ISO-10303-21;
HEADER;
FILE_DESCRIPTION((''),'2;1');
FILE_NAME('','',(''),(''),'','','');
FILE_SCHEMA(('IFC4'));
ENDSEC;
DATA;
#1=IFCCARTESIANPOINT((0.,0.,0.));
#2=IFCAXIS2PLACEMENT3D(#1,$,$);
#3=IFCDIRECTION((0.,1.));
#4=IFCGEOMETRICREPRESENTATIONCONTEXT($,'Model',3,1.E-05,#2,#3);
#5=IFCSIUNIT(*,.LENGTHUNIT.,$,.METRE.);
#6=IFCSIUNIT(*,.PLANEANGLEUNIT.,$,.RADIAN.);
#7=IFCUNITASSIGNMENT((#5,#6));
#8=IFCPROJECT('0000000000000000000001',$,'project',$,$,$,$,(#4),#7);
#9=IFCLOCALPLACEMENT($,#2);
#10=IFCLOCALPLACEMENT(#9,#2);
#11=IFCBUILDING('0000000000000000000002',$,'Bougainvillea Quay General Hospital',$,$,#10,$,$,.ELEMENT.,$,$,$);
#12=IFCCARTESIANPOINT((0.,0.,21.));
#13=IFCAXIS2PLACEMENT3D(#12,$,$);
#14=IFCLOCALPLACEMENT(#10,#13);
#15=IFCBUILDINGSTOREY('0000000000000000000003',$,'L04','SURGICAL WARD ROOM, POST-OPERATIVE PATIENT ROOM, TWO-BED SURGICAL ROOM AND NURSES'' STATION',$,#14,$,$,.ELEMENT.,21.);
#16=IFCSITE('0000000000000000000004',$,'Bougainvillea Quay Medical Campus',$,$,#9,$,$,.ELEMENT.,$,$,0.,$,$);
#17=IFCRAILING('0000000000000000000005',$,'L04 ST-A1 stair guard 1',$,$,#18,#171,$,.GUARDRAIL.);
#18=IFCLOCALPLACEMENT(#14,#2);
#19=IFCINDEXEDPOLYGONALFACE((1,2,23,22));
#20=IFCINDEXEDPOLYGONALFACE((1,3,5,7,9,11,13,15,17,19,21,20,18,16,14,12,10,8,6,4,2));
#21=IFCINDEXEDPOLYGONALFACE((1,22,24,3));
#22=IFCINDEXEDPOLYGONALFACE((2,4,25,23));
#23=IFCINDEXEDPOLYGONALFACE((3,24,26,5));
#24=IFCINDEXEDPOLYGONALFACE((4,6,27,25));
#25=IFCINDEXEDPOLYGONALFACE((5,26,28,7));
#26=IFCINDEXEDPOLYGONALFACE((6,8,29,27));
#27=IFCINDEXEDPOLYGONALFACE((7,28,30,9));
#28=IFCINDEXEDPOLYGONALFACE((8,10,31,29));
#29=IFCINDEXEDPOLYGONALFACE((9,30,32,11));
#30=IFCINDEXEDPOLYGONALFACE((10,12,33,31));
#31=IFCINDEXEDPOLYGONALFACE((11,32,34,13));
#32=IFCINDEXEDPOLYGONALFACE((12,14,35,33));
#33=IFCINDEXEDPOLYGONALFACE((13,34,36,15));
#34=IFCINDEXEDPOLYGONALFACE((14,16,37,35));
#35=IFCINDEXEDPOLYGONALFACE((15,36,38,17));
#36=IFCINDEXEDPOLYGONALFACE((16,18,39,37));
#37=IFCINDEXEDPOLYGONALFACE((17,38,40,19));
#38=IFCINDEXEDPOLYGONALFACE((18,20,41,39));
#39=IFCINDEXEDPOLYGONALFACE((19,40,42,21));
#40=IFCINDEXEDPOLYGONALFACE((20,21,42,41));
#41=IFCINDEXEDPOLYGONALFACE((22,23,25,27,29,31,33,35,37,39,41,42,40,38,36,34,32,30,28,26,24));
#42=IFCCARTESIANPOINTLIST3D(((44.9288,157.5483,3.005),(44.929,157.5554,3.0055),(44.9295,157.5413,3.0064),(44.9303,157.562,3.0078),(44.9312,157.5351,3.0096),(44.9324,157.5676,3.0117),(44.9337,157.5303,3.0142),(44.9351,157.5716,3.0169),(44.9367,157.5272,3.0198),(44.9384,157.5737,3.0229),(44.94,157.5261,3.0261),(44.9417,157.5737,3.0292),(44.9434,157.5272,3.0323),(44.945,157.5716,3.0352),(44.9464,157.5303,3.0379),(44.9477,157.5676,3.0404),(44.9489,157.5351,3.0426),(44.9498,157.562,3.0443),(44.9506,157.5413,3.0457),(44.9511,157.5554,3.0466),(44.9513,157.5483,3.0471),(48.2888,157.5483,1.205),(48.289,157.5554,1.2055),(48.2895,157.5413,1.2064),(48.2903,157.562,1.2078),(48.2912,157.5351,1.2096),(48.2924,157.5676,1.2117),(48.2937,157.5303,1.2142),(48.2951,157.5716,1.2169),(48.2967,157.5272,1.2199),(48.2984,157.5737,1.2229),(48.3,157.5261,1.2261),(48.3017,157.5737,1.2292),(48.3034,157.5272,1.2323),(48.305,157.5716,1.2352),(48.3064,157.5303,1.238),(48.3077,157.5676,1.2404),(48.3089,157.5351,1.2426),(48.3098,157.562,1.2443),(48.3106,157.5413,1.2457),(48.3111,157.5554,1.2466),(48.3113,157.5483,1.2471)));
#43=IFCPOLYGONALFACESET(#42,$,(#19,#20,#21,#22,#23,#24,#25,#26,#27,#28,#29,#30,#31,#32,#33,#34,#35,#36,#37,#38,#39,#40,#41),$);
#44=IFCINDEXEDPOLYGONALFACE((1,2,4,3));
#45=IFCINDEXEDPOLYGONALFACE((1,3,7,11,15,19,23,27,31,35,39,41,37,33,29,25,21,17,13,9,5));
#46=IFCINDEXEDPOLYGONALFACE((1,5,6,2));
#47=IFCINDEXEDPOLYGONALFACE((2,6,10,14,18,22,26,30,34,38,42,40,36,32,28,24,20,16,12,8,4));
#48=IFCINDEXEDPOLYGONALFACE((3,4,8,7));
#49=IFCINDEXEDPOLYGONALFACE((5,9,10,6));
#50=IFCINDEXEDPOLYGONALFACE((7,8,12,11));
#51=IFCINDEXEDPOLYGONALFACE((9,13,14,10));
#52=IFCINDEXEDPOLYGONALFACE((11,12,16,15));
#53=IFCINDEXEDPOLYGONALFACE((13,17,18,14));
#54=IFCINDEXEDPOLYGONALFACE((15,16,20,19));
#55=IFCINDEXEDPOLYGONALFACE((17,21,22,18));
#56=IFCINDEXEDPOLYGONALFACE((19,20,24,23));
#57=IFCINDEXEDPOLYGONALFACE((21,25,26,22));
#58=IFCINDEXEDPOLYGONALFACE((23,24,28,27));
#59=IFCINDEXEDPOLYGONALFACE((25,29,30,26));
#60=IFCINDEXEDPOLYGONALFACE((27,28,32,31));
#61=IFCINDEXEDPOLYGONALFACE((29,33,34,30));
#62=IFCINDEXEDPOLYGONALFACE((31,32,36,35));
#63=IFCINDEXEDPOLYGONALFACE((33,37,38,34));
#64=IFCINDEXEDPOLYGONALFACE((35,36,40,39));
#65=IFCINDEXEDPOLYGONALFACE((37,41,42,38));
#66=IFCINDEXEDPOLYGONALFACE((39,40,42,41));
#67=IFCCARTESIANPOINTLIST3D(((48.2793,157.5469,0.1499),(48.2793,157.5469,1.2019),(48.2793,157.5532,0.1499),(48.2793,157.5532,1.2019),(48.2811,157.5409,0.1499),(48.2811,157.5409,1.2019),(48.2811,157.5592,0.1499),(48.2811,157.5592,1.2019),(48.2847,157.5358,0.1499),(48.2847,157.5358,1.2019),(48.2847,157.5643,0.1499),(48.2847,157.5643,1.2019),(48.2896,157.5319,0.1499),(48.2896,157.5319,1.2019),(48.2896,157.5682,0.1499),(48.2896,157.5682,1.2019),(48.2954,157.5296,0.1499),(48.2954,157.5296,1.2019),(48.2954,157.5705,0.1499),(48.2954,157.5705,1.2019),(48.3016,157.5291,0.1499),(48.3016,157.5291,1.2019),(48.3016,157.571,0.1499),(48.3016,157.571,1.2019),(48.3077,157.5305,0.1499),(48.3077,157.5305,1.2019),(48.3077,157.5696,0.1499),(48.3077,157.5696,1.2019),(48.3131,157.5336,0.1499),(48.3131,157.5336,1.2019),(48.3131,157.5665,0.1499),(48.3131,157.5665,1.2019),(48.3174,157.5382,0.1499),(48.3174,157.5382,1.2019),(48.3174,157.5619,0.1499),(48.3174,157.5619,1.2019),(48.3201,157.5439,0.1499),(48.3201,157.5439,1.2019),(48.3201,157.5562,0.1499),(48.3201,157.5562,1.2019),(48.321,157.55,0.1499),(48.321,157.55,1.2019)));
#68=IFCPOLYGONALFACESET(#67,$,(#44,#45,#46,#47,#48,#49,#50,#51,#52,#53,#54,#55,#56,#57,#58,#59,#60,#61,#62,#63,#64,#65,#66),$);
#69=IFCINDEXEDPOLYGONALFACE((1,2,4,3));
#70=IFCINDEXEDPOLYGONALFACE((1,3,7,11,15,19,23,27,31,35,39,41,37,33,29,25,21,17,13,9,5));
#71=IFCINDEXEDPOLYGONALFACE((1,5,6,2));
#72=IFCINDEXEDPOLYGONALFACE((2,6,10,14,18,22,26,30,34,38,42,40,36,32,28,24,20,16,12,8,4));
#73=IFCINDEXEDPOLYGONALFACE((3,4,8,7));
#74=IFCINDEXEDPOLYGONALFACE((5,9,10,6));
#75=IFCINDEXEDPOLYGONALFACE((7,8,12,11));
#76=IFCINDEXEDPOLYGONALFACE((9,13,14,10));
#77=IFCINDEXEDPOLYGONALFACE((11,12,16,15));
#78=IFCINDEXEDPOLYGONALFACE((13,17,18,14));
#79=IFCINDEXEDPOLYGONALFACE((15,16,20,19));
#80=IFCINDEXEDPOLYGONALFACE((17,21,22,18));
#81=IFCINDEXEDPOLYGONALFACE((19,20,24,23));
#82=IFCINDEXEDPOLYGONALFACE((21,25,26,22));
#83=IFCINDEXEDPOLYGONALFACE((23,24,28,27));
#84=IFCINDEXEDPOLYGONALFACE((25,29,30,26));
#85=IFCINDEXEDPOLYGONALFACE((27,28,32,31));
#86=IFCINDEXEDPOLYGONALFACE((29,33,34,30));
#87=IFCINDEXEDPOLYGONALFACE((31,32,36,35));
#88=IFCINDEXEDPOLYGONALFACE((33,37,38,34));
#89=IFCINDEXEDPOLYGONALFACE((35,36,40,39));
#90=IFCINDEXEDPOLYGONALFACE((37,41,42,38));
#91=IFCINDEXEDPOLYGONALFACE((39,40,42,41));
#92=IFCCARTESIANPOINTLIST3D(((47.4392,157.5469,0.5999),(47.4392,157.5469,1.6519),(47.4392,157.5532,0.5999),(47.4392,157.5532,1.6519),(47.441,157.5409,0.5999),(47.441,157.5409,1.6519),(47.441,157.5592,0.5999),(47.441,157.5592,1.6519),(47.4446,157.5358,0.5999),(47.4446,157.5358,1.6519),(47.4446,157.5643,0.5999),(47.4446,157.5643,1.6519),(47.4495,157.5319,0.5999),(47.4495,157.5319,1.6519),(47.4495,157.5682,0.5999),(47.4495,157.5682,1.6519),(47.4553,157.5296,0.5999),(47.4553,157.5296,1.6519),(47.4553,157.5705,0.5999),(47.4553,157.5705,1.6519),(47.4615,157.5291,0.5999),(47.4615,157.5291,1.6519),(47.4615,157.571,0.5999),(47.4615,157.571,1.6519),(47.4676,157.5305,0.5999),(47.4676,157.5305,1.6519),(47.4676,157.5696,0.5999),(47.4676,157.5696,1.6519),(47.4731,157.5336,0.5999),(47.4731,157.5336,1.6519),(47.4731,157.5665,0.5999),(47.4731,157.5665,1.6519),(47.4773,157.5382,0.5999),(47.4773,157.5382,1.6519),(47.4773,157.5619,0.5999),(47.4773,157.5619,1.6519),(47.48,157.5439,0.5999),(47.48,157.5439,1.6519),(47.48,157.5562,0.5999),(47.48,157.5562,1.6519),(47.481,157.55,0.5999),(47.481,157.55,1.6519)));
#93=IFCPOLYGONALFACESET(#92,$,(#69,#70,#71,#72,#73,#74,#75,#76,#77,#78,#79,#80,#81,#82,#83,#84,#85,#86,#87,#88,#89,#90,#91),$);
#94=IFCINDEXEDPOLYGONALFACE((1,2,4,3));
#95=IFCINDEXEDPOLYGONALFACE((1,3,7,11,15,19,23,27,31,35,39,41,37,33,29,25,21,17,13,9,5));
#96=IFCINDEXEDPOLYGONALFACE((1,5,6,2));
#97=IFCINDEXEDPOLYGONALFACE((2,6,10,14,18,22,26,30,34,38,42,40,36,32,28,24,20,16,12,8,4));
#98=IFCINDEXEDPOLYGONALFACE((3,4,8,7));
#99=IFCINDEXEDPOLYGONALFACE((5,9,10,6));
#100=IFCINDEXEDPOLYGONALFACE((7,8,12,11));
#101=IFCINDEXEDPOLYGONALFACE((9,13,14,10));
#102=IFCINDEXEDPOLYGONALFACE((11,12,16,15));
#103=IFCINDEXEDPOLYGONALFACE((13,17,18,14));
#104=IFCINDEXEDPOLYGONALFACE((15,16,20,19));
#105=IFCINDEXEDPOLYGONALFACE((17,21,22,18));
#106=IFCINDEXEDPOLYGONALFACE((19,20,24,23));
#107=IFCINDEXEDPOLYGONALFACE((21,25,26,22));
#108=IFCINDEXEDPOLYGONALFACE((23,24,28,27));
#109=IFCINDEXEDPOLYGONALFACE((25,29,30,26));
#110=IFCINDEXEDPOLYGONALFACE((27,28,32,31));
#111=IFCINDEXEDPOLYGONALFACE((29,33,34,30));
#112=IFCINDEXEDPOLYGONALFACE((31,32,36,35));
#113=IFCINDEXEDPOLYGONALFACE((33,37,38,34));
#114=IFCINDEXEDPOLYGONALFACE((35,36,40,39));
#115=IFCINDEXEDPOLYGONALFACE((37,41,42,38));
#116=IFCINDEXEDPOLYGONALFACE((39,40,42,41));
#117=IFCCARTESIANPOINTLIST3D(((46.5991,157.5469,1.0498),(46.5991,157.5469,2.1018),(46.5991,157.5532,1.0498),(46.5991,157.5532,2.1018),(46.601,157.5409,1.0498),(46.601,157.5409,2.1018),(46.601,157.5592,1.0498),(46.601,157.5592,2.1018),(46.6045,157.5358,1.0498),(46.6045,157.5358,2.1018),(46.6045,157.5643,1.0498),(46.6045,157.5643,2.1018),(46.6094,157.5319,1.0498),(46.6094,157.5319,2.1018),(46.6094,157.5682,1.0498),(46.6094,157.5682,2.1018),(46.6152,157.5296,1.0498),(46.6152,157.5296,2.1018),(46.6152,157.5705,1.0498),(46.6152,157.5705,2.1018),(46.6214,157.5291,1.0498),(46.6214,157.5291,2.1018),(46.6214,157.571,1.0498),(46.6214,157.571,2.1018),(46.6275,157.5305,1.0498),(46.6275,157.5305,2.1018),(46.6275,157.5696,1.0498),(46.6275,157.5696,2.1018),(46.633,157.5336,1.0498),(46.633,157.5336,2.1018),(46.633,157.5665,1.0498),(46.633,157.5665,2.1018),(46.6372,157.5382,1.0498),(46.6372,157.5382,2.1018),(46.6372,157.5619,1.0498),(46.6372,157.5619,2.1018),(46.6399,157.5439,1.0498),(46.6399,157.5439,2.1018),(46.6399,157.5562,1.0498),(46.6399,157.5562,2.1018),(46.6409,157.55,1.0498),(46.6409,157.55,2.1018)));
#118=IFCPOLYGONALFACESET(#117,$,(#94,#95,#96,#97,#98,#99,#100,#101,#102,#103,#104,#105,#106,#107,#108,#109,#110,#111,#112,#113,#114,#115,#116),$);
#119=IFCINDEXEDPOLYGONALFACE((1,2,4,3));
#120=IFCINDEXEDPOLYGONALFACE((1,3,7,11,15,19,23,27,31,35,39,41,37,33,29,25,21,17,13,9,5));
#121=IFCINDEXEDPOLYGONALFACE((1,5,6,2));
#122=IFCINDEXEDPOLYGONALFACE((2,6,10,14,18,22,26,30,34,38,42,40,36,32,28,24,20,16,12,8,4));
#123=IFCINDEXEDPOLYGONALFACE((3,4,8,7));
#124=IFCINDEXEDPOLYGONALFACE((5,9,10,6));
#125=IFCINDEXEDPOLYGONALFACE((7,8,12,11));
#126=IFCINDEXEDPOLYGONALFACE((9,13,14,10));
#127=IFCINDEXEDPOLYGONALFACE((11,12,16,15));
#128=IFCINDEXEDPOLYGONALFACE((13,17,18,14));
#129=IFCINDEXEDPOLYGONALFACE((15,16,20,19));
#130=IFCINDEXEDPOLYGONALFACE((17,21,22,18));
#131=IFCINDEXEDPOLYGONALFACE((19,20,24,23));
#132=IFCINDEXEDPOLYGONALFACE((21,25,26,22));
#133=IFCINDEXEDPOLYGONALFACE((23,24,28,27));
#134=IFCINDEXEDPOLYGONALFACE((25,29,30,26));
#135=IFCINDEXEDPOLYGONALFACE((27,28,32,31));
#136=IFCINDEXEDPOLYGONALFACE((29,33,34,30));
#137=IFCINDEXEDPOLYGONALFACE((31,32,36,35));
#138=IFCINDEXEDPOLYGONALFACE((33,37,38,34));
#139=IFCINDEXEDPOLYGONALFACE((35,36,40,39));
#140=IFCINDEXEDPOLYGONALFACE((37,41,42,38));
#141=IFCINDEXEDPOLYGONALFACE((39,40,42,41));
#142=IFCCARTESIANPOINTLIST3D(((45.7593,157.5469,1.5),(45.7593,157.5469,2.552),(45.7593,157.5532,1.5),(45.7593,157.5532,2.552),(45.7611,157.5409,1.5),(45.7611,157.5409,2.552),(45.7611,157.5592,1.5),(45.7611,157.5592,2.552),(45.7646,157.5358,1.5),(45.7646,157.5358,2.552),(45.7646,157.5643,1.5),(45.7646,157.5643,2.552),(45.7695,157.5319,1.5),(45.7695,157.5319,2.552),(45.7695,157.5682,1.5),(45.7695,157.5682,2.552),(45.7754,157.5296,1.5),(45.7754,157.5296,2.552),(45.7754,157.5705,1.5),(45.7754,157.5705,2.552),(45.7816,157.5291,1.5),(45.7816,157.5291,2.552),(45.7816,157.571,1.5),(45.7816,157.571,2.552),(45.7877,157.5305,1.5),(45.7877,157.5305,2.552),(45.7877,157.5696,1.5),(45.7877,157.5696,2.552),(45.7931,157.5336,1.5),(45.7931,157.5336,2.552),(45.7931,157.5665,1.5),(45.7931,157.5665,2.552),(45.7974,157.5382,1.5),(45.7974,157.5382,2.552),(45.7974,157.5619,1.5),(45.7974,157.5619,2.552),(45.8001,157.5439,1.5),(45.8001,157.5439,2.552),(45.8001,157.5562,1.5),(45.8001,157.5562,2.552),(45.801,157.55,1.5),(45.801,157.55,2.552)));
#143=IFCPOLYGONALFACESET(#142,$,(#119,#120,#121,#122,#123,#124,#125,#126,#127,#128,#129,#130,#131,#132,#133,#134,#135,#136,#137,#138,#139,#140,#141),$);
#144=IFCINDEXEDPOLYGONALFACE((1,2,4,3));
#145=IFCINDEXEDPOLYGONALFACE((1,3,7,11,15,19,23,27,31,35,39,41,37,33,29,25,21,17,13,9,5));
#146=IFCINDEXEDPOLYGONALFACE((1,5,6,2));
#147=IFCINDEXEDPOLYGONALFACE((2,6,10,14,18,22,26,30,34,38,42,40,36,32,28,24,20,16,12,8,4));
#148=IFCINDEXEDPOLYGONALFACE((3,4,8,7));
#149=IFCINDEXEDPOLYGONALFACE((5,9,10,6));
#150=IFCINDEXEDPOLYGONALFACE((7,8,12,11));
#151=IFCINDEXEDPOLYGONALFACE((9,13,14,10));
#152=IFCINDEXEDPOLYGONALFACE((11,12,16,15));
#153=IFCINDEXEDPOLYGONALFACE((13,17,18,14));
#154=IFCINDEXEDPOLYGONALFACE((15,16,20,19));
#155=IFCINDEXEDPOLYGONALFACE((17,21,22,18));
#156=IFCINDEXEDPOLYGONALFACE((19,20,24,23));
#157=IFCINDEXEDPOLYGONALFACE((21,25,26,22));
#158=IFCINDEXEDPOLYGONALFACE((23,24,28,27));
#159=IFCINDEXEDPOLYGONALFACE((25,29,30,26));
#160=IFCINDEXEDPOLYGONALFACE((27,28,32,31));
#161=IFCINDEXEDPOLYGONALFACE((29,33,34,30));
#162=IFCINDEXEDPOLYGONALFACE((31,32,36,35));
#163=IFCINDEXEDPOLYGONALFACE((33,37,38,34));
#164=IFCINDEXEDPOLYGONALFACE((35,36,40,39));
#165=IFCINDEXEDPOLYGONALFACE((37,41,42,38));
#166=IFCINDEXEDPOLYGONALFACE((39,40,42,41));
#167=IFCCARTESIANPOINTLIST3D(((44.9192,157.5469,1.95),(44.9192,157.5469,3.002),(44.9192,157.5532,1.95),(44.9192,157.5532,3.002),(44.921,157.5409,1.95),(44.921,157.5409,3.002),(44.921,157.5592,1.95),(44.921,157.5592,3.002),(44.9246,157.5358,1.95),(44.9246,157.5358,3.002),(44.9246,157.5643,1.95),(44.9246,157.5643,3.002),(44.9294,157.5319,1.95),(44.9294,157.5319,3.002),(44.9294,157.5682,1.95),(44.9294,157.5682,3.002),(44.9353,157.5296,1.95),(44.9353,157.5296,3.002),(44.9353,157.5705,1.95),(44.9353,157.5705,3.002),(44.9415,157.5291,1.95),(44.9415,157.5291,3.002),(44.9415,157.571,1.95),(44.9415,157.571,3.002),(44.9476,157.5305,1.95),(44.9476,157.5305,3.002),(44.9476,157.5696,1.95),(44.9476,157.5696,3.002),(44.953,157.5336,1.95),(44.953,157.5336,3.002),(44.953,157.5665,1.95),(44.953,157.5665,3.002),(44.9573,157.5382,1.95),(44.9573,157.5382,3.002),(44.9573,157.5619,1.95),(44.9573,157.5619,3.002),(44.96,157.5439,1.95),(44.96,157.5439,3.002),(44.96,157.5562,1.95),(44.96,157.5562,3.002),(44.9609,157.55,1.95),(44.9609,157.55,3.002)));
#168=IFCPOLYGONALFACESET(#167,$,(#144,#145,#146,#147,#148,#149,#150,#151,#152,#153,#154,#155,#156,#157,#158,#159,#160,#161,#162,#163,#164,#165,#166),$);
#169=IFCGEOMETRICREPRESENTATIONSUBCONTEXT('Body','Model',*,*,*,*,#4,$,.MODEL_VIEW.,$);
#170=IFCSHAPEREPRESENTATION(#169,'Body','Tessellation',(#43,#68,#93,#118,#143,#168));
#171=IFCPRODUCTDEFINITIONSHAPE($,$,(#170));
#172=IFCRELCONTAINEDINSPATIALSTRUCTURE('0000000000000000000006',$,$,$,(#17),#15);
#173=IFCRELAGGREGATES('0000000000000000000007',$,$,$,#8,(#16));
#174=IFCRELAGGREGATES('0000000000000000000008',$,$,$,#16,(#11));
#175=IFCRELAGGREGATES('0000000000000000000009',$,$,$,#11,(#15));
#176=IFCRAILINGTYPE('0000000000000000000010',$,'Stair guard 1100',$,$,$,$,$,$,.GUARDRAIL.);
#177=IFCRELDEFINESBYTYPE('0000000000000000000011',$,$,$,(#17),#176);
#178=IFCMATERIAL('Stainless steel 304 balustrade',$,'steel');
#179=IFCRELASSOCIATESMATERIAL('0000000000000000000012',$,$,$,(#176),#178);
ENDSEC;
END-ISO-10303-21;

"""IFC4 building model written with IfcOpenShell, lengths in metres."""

from ifc_helpers import new_model, si_unit, direction, frame, origin, origin_2d, place, context, subcontext, project, spatial, circle, extrude, material, type_object, element, save


model = new_model("IFC4")

# Units and contexts
model_context = context("Model", 3, precision=1e-05, world=origin(), true_north=direction((0.0, 1.0)))
body_context = subcontext(model_context, "Body", "Model", "MODEL_VIEW")
ifc_project = project(units=[si_unit("LENGTHUNIT", "METRE"), si_unit("PLANEANGLEUNIT", "RADIAN")], contexts=[model_context])

# Site, building, storey
site_placement = place(None, origin())
site = spatial("IfcSite", under=ifc_project, at=site_placement, Name="Bougainvillea Quay Medical Campus", CompositionType="ELEMENT", RefElevation=0.0)
building_placement = place(site_placement, origin())
building = spatial("IfcBuilding", under=site, at=building_placement, Name="Bougainvillea Quay General Hospital", CompositionType="ELEMENT")
storey_placement = place(building_placement, frame((0.0, 0.0, 21.0)))
storey = spatial("IfcBuildingStorey", under=building, at=storey_placement, Name="L04", Description="SURGICAL WARD ROOM, POST-OPERATIVE PATIENT ROOM, TWO-BED SURGICAL ROOM AND NURSES' STATION", CompositionType="ELEMENT", Elevation=21.0)

# Railing
ifc_material_1 = material(Name="Stainless steel 304 balustrade", Category="steel")
railing_type_1 = type_object("IfcRailingType", Name="Stair guard 1100", PredefinedType="GUARDRAIL", material=ifc_material_1)
railing_1_placement = place(storey_placement, frame((48.3, 157.55, 0.1499)))
element("IfcRailing", 1, at=railing_1_placement, inside=storey, type_object=railing_type_1, Name="L04 ST-A1 stair guard 1", PredefinedType="GUARDRAIL", context=body_context, shape_type="SweptSolid", body=[
    extrude(circle(Radius=0.0239, at=origin_2d()), frame((0.0, 0.0, 1.0762), z_axis=(-0.881481, 0.0, 0.47222), x_axis=(0.0, -1.0, 0.0)), (0.0, 0.0, 1.0), 3.8118),
    extrude(circle(Radius=0.021, at=origin_2d()), origin(), (0.0, 0.0, 1.0), 1.052),
    extrude(circle(Radius=0.021, at=origin_2d()), frame((-0.8401, 0.0, 0.45)), (0.0, 0.0, 1.0), 1.052),
    extrude(circle(Radius=0.021, at=origin_2d()), frame((-1.6802, 0.0, 0.8999)), (0.0, 0.0, 1.0), 1.052),
    extrude(circle(Radius=0.021, at=origin_2d()), frame((-2.52, 0.0, 1.3501)), (0.0, 0.0, 1.0), 1.052),
    extrude(circle(Radius=0.021, at=origin_2d()), frame((-3.3601, 0.0, 1.8)), (0.0, 0.0, 1.0), 1.052),
])

save(model, "model.ifc")
